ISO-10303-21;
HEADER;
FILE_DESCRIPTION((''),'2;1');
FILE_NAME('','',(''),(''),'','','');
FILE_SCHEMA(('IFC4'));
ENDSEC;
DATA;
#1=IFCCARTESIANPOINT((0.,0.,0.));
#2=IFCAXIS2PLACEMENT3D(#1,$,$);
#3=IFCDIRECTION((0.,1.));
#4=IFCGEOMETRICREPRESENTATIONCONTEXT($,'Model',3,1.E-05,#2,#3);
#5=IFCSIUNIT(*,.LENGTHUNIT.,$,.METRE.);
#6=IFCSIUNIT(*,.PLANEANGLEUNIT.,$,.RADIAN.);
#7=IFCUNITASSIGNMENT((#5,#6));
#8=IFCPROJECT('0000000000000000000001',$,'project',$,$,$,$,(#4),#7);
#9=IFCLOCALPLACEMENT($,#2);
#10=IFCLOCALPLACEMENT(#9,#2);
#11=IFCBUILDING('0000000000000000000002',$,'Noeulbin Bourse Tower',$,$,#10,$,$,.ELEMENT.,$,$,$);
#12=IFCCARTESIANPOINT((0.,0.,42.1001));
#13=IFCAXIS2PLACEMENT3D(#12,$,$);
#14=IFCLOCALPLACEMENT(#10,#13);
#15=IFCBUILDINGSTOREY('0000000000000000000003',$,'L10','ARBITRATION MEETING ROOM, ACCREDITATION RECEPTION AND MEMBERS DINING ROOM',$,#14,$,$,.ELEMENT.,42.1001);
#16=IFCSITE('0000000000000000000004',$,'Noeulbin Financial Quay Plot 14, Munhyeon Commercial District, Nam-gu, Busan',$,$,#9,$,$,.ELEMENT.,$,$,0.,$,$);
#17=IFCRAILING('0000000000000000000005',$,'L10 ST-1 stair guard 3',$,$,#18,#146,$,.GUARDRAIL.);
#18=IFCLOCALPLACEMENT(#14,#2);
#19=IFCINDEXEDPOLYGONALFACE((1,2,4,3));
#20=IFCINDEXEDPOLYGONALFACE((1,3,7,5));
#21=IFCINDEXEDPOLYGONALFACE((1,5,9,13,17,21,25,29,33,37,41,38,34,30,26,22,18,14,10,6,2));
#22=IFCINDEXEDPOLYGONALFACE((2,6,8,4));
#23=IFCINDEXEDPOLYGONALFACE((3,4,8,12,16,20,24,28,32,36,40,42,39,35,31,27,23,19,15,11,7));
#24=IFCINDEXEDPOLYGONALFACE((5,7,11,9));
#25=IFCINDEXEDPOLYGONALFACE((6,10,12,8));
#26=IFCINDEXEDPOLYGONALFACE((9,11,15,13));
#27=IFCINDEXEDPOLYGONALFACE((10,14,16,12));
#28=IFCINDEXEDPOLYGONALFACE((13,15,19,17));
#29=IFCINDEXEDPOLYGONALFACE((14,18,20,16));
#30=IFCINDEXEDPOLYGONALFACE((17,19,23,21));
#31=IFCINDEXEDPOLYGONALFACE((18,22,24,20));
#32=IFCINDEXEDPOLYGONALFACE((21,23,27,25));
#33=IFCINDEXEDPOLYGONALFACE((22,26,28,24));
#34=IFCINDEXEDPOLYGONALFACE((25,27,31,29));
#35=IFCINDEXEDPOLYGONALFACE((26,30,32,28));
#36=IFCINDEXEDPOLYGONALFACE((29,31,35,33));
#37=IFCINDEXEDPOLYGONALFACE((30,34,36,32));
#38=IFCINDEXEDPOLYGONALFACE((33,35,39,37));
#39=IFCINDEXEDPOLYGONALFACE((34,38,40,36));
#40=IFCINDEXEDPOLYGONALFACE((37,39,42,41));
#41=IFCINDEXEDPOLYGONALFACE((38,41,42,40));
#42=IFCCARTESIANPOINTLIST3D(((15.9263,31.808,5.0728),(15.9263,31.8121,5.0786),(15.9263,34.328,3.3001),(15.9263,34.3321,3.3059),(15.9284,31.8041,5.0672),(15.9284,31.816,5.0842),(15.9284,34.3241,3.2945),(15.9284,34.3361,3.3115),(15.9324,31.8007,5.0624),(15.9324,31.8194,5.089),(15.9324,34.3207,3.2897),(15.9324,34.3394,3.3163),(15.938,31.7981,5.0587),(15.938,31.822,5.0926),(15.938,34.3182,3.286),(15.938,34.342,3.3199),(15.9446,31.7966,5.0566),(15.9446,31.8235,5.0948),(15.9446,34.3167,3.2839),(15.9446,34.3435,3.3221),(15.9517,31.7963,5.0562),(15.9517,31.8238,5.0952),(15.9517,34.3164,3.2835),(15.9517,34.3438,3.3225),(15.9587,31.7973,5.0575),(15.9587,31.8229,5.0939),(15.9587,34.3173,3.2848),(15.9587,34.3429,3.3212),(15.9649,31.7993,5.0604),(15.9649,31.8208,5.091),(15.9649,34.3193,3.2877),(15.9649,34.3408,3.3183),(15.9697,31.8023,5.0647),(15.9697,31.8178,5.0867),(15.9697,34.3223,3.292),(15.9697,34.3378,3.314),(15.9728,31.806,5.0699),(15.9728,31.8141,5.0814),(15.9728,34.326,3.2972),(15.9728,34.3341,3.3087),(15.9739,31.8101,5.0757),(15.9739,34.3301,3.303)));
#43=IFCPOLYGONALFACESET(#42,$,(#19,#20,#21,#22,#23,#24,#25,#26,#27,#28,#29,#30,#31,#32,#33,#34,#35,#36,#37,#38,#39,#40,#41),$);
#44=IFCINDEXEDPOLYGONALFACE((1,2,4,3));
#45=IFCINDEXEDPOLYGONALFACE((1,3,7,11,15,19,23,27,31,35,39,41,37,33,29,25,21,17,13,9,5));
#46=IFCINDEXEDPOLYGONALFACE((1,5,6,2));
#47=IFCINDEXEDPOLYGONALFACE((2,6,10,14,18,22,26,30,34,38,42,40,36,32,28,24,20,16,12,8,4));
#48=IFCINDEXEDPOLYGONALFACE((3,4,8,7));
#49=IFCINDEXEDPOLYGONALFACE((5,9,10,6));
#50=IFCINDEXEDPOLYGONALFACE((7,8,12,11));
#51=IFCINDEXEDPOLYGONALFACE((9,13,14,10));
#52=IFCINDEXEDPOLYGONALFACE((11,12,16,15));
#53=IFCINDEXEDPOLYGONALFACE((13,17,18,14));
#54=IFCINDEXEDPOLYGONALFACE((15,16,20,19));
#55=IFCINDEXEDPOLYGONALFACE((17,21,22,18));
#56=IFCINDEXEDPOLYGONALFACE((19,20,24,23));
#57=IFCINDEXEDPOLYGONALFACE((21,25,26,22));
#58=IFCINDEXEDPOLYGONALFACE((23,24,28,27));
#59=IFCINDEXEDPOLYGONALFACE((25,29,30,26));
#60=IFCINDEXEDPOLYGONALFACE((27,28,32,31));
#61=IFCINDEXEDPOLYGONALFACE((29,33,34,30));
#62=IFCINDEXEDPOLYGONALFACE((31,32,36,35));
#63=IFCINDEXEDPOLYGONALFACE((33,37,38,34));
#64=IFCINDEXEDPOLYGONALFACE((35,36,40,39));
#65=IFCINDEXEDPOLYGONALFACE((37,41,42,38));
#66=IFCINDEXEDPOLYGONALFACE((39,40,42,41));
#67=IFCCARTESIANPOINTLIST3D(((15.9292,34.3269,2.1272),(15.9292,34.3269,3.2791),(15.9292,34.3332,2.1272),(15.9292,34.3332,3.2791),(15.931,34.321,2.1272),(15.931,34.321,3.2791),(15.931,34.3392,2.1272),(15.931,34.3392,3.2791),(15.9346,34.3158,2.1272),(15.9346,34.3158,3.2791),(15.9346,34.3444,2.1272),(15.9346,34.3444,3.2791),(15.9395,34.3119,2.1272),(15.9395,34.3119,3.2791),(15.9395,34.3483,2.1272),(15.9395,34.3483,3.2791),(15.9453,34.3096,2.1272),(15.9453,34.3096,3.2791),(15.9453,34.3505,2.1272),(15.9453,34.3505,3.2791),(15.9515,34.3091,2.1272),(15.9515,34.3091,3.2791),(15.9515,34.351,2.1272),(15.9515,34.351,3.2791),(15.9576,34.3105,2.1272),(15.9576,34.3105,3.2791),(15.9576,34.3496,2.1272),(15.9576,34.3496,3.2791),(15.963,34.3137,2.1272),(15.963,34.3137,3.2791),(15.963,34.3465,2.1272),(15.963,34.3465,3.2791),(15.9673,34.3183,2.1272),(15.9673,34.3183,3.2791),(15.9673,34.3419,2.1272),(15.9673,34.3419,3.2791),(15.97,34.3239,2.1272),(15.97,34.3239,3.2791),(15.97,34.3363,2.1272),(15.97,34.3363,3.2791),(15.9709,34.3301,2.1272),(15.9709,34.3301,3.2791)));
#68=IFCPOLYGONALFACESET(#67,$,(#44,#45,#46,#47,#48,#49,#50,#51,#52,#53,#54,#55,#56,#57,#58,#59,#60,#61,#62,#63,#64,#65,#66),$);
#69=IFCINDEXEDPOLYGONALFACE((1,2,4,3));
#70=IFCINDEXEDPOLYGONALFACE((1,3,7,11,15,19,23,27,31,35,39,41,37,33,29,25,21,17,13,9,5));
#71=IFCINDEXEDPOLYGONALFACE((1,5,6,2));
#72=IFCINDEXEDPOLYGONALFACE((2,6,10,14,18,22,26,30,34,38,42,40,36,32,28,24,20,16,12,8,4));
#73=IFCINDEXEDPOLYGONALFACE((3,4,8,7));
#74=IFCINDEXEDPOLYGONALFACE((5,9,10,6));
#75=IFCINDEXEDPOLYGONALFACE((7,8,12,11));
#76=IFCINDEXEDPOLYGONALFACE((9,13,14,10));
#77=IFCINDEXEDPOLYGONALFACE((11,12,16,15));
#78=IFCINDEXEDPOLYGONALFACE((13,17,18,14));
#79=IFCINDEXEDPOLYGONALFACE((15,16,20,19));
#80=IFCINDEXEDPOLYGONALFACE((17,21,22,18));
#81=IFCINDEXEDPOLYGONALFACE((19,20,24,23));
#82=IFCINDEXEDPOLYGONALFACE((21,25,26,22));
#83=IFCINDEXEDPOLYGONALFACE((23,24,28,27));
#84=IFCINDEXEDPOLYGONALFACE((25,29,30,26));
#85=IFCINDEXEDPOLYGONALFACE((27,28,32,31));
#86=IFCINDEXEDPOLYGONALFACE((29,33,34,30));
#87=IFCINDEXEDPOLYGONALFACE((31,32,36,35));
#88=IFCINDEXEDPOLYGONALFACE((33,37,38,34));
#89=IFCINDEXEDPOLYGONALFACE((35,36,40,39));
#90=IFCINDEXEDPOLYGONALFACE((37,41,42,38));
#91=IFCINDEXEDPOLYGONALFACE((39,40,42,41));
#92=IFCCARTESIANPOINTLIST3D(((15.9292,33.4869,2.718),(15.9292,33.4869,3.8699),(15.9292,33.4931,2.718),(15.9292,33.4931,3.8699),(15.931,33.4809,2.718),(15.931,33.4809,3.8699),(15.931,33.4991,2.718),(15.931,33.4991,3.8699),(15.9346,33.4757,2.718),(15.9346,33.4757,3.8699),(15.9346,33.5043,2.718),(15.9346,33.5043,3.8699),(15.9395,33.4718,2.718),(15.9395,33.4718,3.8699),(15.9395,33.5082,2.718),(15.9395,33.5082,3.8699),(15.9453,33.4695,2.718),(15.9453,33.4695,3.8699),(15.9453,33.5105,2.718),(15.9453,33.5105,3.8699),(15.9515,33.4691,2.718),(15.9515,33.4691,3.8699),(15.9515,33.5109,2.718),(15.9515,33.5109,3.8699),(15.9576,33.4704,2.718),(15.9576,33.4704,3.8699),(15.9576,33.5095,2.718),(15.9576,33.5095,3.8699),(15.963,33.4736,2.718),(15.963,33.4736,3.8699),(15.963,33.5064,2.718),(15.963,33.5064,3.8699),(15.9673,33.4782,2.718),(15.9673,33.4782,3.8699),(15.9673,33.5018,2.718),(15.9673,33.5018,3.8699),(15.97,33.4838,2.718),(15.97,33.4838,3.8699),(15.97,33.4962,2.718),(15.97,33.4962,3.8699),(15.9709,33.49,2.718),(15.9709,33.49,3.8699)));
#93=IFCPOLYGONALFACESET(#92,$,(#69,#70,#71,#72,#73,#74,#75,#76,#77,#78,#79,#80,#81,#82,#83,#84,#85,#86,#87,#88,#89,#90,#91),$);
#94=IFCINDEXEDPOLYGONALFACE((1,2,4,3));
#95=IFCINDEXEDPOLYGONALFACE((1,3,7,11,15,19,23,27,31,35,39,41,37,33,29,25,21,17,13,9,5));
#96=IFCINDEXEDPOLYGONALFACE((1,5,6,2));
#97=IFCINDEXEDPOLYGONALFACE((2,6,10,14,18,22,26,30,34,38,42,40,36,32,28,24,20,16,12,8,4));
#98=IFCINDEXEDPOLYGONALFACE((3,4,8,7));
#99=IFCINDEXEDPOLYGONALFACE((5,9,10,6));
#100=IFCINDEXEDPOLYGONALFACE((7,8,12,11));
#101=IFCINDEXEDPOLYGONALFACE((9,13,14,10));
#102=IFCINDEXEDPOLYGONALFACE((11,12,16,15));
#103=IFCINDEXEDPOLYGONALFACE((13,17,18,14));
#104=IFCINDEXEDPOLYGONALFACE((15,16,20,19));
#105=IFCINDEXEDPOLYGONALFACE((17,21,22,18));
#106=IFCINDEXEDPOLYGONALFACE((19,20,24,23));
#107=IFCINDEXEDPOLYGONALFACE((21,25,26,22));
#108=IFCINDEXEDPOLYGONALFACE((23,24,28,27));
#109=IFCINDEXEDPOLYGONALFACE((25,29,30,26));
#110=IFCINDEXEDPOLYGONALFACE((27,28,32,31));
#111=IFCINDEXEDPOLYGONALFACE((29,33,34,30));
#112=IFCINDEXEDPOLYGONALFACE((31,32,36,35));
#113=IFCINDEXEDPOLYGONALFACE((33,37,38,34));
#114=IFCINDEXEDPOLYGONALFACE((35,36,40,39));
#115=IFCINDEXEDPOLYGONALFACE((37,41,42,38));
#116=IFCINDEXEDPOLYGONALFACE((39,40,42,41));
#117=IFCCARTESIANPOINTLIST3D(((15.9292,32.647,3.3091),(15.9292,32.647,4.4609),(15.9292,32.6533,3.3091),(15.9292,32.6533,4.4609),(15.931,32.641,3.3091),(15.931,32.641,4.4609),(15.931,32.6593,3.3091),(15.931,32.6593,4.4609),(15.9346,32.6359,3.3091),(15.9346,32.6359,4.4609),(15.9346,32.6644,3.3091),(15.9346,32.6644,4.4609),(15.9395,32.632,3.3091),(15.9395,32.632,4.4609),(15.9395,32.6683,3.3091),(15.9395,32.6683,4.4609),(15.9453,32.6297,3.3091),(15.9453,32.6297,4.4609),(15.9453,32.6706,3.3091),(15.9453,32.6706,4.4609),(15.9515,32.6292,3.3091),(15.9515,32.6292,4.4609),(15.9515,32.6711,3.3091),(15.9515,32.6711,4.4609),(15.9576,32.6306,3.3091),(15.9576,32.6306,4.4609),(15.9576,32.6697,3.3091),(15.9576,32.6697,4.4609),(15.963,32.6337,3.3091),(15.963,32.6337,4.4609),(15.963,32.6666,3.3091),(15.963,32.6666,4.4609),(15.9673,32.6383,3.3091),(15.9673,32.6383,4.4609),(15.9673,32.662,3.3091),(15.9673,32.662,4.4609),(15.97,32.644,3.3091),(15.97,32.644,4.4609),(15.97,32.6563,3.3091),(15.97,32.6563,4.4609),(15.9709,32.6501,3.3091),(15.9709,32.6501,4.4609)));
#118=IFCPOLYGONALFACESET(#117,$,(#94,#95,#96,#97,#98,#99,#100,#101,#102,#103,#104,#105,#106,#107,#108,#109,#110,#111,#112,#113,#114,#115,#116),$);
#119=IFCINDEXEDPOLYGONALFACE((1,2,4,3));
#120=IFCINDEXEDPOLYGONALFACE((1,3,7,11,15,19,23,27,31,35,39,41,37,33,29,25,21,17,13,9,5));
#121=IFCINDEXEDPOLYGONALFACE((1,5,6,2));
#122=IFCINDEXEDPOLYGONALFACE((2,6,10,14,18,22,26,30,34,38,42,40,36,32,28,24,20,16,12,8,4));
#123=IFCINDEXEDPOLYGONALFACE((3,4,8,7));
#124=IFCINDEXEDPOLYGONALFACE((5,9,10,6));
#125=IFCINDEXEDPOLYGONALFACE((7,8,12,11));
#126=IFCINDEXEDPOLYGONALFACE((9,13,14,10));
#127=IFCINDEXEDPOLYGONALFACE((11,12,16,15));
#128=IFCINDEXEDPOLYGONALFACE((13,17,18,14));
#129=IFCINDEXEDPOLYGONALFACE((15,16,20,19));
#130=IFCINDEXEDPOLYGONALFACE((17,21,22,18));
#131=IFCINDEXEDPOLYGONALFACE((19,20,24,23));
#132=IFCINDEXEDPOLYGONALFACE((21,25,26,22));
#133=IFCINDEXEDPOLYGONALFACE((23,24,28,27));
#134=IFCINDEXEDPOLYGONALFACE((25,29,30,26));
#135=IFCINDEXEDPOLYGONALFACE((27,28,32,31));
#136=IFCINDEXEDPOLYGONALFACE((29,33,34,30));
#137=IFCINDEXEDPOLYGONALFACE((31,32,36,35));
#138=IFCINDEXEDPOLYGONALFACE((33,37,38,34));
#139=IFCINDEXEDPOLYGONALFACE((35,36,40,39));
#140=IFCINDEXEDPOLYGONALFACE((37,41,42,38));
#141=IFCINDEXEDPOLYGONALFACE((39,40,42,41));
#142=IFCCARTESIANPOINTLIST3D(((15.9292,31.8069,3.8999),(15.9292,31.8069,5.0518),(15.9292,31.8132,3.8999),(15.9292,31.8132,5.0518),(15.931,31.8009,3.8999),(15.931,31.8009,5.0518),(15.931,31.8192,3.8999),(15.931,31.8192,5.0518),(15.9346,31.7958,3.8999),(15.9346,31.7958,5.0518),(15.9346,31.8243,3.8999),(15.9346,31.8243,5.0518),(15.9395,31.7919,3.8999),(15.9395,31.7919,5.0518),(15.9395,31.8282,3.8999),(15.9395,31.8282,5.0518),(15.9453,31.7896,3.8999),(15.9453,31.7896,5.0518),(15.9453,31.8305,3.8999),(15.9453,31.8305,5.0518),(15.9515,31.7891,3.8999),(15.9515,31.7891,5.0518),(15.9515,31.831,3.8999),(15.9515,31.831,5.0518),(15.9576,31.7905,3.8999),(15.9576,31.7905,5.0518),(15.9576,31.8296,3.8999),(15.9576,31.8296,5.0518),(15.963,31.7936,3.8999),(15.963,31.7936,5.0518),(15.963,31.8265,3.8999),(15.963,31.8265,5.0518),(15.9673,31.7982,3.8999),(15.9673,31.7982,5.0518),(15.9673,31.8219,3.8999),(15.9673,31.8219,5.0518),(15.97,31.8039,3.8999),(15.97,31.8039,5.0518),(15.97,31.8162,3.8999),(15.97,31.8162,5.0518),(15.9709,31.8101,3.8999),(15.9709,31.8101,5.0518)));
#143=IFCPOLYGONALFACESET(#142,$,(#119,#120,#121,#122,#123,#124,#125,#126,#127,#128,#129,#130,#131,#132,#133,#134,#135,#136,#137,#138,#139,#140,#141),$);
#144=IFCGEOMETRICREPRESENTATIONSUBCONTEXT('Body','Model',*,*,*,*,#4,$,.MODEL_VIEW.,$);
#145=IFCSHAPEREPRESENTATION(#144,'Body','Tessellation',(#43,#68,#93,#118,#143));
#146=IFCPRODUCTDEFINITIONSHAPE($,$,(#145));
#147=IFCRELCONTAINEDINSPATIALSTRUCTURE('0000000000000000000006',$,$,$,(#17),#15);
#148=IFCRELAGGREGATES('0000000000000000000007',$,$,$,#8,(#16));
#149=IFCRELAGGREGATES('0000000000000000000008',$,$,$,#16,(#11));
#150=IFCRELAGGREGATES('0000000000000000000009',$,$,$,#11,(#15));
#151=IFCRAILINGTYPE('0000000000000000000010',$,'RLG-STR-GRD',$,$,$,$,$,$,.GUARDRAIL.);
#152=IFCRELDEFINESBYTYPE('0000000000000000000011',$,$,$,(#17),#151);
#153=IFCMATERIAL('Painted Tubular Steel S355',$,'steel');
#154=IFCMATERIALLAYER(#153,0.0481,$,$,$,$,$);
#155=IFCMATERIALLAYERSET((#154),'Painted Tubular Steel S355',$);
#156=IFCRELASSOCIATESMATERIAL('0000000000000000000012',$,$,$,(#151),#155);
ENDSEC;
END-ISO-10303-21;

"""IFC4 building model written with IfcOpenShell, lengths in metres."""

from ifc_helpers import new_model, si_unit, direction, frame, origin, origin_2d, place, context, subcontext, project, spatial, circle, extrude, material, layer, layer_set, type_object, element, save


model = new_model("IFC4")

# Units and contexts
model_context = context("Model", 3, precision=1e-05, world=origin(), true_north=direction((0.0, 1.0)))
body_context = subcontext(model_context, "Body", "Model", "MODEL_VIEW")
ifc_project = project(units=[si_unit("LENGTHUNIT", "METRE"), si_unit("PLANEANGLEUNIT", "RADIAN")], contexts=[model_context])

# Site, building, storey
site_placement = place(None, origin())
site = spatial("IfcSite", under=ifc_project, at=site_placement, Name="Noeulbin Financial Quay Plot 14, Munhyeon Commercial District, Nam-gu, Busan", CompositionType="ELEMENT", RefElevation=0.0)
building_placement = place(site_placement, origin())
building = spatial("IfcBuilding", under=site, at=building_placement, Name="Noeulbin Bourse Tower", CompositionType="ELEMENT")
storey_placement = place(building_placement, frame((0.0, 0.0, 42.1001)))
storey = spatial("IfcBuildingStorey", under=building, at=storey_placement, Name="L10", Description="ARBITRATION MEETING ROOM, ACCREDITATION RECEPTION AND MEMBERS DINING ROOM", CompositionType="ELEMENT", Elevation=42.1001)

# Railing
ifc_material_1 = material(Name="Painted Tubular Steel S355", Category="steel")
ifc_layer_1 = layer(ifc_material_1, 0.0481)
ifc_layer_set_1 = layer_set([ifc_layer_1], Name="Painted Tubular Steel S355")
railing_type_1 = type_object("IfcRailingType", Name="RLG-STR-GRD", PredefinedType="GUARDRAIL", material=ifc_layer_set_1)
railing_1_placement = place(storey_placement, frame((15.95, 34.3301, 2.1272)))
element("IfcRailing", 1, at=railing_1_placement, inside=storey, type_object=railing_type_1, Name="L10 ST-1 stair guard 3", PredefinedType="GUARDRAIL", context=body_context, shape_type="SweptSolid", body=[
    extrude(circle(Radius=0.0239, at=origin_2d()), frame((0.0, 0.0, 1.1758), z_axis=(0.0, -0.817904, 0.575354), x_axis=(1.0, 0.0, 0.0)), (0.0, 0.0, 1.0), 3.0811),
    extrude(circle(Radius=0.021, at=origin_2d()), origin(), (0.0, 0.0, 1.0), 1.1519),
    extrude(circle(Radius=0.021, at=origin_2d()), frame((0.0, -0.8401, 0.5908)), (0.0, 0.0, 1.0), 1.1519),
    extrude(circle(Radius=0.021, at=origin_2d()), frame((0.0, -1.6799, 1.1819)), (0.0, 0.0, 1.0), 1.1519),
    extrude(circle(Radius=0.021, at=origin_2d()), frame((0.0, -2.52, 1.7727)), (0.0, 0.0, 1.0), 1.1519),
])

save(model, "model.ifc")
